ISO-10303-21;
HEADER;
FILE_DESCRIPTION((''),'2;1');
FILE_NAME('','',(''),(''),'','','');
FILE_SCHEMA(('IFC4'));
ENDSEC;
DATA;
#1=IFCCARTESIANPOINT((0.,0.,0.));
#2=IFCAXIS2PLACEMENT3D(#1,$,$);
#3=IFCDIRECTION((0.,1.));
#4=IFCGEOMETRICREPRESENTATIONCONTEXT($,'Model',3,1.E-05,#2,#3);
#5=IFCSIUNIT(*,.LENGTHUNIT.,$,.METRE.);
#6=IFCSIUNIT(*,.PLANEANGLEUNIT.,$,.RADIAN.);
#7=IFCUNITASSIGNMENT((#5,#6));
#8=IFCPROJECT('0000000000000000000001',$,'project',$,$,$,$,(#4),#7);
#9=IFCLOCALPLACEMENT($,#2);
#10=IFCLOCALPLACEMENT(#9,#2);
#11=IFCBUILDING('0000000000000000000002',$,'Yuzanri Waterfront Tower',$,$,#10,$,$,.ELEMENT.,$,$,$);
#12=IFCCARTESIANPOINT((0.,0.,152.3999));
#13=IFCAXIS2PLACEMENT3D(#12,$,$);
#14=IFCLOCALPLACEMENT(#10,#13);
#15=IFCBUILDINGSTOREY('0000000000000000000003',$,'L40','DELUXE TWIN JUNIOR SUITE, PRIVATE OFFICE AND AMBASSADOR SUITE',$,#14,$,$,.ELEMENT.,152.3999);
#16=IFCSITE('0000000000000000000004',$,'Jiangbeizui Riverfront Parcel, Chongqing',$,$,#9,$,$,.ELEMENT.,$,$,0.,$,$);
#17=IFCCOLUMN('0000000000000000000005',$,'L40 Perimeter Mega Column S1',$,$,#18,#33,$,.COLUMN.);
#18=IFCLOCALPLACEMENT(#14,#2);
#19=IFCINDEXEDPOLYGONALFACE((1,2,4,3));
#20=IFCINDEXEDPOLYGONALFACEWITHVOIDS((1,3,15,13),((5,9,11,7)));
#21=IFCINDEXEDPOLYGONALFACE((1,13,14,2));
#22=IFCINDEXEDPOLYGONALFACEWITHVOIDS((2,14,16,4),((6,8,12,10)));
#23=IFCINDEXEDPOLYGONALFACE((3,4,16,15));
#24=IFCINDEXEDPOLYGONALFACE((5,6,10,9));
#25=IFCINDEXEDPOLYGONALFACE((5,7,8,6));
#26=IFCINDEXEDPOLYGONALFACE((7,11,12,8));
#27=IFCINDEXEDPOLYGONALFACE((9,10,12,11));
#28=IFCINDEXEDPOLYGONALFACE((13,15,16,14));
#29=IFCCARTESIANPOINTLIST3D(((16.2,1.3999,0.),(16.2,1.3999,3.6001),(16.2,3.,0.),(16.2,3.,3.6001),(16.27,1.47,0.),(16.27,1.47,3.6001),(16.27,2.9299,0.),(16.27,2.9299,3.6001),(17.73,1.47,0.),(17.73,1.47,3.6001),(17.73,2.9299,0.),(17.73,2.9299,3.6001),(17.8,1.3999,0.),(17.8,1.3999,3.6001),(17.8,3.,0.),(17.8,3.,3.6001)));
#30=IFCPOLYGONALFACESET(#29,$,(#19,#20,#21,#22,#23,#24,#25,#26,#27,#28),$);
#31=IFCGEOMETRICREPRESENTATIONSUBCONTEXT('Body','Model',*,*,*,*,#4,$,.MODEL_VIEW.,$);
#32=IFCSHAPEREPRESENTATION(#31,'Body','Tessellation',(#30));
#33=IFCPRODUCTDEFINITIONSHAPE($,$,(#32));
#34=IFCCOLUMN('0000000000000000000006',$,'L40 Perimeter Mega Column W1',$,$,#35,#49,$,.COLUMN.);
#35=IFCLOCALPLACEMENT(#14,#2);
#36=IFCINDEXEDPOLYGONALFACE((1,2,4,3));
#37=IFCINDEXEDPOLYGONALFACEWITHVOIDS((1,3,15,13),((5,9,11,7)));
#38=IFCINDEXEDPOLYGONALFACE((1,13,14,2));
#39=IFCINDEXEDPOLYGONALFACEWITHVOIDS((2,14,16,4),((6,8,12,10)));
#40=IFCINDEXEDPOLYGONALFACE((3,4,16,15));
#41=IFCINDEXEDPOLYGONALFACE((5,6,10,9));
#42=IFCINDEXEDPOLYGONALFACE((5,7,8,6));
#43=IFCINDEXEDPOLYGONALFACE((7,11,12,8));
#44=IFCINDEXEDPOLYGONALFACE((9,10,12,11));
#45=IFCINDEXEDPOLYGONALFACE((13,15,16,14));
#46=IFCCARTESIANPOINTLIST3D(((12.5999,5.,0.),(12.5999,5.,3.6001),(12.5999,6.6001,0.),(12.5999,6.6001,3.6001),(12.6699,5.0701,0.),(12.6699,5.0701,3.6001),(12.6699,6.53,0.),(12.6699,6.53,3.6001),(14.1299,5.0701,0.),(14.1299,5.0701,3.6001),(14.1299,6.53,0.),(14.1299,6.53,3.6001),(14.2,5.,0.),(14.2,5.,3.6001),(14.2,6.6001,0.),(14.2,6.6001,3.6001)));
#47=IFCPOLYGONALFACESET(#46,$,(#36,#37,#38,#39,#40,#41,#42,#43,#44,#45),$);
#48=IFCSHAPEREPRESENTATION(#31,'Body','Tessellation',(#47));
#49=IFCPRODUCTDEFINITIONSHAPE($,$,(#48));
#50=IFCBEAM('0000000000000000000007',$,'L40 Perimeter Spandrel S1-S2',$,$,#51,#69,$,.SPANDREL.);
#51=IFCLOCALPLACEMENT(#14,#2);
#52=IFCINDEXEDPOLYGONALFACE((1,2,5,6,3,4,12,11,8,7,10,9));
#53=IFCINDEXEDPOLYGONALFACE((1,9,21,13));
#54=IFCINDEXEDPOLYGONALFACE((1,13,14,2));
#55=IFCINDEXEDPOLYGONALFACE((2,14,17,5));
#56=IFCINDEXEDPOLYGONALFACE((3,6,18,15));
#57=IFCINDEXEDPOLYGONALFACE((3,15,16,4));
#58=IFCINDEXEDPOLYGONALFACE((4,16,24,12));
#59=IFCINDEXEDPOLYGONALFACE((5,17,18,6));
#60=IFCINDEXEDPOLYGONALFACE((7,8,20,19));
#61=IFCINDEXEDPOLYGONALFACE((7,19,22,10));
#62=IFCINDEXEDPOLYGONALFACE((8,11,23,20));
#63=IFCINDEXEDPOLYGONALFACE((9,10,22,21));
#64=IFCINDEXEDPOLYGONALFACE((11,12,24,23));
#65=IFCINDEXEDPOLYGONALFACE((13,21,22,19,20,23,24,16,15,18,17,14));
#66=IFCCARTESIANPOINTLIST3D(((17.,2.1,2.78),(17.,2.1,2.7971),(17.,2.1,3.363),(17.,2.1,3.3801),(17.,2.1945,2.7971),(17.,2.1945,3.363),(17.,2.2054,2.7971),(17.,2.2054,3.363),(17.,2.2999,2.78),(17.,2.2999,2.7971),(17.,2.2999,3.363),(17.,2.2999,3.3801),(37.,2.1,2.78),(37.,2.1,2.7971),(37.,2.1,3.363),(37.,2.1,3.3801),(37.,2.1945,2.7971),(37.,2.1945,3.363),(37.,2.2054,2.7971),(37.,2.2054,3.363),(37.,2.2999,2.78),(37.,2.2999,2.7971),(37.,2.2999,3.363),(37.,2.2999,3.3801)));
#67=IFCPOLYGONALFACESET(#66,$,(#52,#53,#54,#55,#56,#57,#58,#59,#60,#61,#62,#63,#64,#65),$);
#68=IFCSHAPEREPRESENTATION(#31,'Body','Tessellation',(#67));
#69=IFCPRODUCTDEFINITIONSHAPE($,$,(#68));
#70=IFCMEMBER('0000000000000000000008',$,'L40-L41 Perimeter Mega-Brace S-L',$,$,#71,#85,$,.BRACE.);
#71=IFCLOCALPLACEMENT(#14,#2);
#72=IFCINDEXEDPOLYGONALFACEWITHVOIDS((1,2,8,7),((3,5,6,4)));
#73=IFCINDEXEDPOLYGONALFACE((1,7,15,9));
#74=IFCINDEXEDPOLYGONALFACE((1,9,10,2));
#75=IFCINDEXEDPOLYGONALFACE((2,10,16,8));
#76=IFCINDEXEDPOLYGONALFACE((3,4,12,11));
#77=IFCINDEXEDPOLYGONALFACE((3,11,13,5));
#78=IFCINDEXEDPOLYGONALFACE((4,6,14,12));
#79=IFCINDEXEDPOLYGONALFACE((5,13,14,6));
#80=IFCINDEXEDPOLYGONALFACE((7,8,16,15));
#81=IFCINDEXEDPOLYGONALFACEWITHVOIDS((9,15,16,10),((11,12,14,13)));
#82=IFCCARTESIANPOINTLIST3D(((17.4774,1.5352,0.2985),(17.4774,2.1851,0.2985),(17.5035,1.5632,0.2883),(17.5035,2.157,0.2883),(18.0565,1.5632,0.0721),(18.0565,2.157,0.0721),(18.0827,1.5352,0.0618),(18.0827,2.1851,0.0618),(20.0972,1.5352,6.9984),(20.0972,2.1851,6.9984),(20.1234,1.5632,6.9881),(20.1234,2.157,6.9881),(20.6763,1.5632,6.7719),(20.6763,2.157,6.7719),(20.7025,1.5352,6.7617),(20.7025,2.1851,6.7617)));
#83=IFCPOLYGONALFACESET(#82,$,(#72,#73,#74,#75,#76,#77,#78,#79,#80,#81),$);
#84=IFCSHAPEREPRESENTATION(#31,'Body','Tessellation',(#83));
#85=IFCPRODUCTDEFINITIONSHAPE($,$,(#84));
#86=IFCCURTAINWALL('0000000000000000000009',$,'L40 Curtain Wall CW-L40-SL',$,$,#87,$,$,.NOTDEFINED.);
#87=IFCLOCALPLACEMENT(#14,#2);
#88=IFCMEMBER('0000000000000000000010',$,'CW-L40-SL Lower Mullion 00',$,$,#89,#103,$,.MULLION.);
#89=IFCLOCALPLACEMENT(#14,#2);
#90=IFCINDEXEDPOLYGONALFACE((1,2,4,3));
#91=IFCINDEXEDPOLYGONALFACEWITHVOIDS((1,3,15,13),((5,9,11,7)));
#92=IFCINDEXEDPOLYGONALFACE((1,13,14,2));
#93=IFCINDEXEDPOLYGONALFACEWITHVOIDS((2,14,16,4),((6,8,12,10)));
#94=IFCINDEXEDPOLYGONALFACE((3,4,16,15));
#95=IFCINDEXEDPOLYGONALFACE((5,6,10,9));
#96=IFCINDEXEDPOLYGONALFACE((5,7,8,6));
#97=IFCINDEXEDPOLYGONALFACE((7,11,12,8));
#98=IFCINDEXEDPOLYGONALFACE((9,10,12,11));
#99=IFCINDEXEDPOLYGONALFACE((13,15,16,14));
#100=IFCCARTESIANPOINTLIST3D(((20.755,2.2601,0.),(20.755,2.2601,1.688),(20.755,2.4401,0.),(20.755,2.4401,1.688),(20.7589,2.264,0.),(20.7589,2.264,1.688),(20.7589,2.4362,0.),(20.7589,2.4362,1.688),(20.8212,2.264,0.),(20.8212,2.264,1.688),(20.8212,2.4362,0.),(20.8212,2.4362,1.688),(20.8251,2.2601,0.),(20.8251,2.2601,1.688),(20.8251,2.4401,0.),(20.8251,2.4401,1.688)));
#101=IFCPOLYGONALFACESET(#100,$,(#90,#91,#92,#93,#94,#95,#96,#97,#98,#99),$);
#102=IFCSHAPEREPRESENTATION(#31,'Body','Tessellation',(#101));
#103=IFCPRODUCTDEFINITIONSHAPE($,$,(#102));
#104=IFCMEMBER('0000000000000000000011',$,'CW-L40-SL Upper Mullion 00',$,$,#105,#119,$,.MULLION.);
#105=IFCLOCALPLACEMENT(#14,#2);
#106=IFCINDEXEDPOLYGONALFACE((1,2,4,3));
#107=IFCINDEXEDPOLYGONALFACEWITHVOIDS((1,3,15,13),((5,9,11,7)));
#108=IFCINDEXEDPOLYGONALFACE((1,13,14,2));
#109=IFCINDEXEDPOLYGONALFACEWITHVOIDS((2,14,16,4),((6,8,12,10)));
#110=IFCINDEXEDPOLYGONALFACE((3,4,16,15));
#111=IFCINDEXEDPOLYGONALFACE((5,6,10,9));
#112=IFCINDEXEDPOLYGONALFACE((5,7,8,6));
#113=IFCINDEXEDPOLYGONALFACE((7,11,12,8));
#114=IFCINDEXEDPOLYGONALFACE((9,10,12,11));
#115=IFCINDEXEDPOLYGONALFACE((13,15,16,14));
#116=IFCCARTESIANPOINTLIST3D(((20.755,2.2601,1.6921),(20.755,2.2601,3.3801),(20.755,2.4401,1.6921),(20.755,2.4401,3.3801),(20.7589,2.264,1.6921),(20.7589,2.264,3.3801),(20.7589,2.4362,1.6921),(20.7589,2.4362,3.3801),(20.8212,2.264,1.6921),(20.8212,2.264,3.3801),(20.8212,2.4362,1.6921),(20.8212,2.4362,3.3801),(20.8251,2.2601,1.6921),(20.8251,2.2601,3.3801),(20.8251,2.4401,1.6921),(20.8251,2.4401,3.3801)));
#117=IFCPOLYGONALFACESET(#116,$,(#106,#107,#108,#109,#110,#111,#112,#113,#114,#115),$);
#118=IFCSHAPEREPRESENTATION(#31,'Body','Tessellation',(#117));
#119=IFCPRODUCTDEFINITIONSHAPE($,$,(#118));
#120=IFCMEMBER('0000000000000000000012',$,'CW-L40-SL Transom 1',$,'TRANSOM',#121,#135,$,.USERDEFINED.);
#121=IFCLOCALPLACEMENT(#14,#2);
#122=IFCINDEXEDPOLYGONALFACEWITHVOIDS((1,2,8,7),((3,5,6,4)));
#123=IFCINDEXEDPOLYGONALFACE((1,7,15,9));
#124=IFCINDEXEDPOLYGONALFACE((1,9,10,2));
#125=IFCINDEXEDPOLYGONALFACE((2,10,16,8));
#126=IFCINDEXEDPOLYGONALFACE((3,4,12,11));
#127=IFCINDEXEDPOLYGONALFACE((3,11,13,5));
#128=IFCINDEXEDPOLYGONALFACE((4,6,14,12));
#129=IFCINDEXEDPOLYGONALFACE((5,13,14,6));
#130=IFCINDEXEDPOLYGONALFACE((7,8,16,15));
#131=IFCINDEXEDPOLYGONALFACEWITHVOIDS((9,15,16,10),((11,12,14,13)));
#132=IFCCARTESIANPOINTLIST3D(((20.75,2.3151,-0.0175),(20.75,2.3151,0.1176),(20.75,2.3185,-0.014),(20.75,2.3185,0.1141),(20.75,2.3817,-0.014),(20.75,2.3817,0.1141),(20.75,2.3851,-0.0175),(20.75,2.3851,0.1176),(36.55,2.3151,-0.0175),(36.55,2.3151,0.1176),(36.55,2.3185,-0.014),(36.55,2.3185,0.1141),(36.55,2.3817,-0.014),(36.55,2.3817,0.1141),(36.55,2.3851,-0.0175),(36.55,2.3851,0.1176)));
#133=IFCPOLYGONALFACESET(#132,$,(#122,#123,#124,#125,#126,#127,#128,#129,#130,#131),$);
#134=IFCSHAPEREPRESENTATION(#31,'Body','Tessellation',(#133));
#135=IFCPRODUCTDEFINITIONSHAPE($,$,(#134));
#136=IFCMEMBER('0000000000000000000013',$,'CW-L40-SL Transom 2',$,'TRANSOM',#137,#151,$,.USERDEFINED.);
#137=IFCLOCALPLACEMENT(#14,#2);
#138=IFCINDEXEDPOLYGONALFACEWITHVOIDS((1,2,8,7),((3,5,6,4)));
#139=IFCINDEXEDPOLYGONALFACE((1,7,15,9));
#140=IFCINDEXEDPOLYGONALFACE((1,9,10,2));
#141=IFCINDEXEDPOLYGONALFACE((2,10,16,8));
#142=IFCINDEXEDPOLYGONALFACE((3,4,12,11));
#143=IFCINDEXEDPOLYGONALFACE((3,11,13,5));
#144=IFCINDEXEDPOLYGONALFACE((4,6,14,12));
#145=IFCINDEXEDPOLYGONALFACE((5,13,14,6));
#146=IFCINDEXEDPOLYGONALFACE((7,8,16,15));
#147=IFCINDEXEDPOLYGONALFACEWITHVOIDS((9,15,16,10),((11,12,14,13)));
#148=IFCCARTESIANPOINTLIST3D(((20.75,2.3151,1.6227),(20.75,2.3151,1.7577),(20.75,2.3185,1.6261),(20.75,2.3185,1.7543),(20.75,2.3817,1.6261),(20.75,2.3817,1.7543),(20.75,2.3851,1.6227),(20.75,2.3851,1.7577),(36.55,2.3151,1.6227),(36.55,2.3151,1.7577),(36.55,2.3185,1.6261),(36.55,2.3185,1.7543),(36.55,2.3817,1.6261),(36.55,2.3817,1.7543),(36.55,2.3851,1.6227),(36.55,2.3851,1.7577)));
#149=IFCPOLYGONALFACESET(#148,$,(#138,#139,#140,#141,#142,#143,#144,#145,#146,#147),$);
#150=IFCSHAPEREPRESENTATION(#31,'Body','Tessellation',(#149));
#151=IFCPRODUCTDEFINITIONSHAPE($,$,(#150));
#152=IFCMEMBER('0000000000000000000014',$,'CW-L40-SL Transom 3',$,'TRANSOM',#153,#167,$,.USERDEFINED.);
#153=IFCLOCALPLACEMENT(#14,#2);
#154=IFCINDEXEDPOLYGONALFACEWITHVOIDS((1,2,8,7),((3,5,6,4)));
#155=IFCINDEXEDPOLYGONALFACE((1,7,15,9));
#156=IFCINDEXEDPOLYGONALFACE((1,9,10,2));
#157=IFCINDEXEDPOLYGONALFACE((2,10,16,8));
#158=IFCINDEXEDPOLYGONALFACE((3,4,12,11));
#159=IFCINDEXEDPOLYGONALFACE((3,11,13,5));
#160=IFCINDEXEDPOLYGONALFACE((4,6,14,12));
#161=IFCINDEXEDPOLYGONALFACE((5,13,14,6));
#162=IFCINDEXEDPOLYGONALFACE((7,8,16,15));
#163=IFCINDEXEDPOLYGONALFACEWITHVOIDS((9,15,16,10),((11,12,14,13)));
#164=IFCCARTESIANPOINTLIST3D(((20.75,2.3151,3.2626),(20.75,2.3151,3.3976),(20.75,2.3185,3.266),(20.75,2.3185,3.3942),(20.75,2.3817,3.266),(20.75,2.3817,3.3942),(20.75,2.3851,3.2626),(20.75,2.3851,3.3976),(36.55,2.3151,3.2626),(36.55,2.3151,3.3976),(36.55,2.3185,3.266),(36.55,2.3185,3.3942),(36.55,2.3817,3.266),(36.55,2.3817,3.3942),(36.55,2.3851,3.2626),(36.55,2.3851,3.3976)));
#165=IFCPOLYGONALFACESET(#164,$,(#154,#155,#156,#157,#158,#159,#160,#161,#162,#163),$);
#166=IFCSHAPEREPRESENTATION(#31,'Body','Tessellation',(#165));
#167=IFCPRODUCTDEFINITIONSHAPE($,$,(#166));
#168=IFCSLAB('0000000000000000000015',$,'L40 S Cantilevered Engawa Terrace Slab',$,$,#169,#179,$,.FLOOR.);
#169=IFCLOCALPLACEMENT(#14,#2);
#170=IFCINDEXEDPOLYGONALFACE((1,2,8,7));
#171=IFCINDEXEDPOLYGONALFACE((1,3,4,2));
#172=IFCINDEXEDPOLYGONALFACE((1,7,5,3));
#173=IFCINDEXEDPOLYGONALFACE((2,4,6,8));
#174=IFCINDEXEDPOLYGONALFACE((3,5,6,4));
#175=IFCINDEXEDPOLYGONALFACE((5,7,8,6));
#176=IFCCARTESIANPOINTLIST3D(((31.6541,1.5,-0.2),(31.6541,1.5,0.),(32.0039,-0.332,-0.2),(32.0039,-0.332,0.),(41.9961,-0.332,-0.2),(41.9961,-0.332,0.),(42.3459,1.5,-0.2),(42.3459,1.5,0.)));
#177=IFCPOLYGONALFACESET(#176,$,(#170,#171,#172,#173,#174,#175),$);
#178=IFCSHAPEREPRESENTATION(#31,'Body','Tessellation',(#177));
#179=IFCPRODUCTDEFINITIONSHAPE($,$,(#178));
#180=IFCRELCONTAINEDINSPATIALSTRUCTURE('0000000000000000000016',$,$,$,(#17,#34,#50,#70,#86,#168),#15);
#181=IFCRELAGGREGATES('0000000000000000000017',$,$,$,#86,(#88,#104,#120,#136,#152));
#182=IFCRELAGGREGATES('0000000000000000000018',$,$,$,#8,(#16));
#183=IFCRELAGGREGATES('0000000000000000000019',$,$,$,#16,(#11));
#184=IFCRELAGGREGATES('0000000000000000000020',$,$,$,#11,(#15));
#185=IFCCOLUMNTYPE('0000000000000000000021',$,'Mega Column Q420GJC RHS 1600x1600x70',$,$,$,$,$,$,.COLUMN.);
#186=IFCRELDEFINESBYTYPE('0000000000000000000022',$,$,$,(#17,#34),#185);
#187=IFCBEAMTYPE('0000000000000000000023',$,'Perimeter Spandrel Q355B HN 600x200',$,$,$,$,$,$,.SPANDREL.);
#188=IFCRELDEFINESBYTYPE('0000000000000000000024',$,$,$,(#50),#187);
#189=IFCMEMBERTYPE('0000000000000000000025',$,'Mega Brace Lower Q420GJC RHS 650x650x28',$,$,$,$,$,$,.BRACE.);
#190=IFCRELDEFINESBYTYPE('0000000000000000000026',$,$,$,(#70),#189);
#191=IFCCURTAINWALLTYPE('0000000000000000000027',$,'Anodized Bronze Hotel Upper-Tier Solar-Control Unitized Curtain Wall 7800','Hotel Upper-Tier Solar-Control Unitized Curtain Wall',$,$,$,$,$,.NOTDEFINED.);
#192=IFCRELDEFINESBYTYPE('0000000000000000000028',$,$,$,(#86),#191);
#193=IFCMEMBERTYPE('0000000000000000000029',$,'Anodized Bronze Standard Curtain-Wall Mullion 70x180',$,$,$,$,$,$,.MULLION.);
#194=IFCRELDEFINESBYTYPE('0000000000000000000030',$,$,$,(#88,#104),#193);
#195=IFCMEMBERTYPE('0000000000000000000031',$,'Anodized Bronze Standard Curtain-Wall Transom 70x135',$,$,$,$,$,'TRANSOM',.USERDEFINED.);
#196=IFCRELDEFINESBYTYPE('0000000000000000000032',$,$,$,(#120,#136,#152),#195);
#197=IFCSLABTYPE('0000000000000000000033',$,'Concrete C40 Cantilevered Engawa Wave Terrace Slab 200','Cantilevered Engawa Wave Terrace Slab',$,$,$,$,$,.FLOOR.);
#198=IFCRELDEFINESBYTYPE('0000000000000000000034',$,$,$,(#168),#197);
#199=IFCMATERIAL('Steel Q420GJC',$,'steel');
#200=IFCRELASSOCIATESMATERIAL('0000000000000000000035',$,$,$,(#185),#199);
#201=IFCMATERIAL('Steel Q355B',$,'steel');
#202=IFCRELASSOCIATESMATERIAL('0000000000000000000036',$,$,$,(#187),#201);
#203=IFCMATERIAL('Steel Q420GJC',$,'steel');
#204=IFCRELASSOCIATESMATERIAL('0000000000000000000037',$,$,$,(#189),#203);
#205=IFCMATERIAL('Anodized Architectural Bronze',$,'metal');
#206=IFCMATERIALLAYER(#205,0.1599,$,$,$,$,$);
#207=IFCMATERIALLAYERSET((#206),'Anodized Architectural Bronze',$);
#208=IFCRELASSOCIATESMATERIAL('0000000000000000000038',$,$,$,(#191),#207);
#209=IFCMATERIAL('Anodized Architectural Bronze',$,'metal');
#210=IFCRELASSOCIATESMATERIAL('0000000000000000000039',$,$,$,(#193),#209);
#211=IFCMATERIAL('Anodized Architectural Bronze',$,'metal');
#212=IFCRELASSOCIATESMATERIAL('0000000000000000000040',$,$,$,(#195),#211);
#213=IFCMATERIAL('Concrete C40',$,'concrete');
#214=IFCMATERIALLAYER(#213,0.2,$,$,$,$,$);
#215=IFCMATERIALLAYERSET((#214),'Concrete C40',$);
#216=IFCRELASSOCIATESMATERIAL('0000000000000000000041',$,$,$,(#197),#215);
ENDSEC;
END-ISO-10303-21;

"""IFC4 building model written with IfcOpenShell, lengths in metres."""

from ifc_helpers import new_model, si_unit, direction, frame, origin, origin_2d, place, context, subcontext, project, spatial, polyline, hollow_rectangle, i_section, outline, extrude, source, transform, mapped, material, layer, layer_set, material_profile, profile_set, type_object, element, aggregate, save


model = new_model("IFC4")

# Units and contexts
model_context = context("Model", 3, precision=1e-05, world=origin(), true_north=direction((0.0, 1.0)))
body_context = subcontext(model_context, "Body", "Model", "MODEL_VIEW")
ifc_project = project(units=[si_unit("LENGTHUNIT", "METRE"), si_unit("PLANEANGLEUNIT", "RADIAN")], contexts=[model_context])

# Site, building, storey
site_placement = place(None, origin())
site = spatial("IfcSite", under=ifc_project, at=site_placement, Name="Jiangbeizui Riverfront Parcel, Chongqing", CompositionType="ELEMENT", RefElevation=0.0)
building_placement = place(site_placement, origin())
building = spatial("IfcBuilding", under=site, at=building_placement, Name="Yuzanri Waterfront Tower", CompositionType="ELEMENT")
storey_placement = place(building_placement, frame((0.0, 0.0, 152.3999)))
storey = spatial("IfcBuildingStorey", under=building, at=storey_placement, Name="L40", Description="DELUXE TWIN JUNIOR SUITE, PRIVATE OFFICE AND AMBASSADOR SUITE", CompositionType="ELEMENT", Elevation=152.3999)

# Columns
ifc_material_1 = material(Name="Steel Q420GJC", Category="steel")
ifc_material_profile_1 = material_profile(ifc_material_1, hollow_rectangle(XDim=1.6001, YDim=1.6001, WallThickness=0.0701, at=origin_2d()), Name="RHS 1600x1600x70")
ifc_profile_set_1 = profile_set([ifc_material_profile_1], Name="Steel Q420GJC")
column_type = type_object("IfcColumnType", Name="Mega Column Q420GJC RHS 1600x1600x70", PredefinedType="COLUMN", material=ifc_profile_set_1)
shared_shape_1 = source(origin(), body_context, "Body", "SweptSolid", [
    extrude(hollow_rectangle(XDim=1.6001, YDim=1.6001, WallThickness=0.0701, at=origin_2d()), origin(), (0.0, 0.0, 1.0), 3.6001),
])
for number, where, z_axis, x_axis, name in (
    (1, (17.0, 2.2, 0.0), (0.0, 0.0, 1.0), (1.0, 0.0, 0.0), "L40 Perimeter Mega Column S1"),
    (2, (13.3999, 5.8, 0.0), (0.0, 0.0, 1.0), (1.0, 0.0, 0.0), "L40 Perimeter Mega Column W1"),
):
    element("IfcColumn", number, at=place(storey_placement, frame(where, z_axis=z_axis, x_axis=x_axis)), inside=storey, type_object=column_type, Name=name, PredefinedType="COLUMN", context=body_context, shape_type="MappedRepresentation", body=[
        mapped(shared_shape_1, transform((0.0, 0.0, 0.0), scale=1.0)),
    ])

# Beam
ifc_material_2 = material(Name="Steel Q355B", Category="steel")
ifc_material_profile_2 = material_profile(ifc_material_2, i_section(OverallWidth=0.2, OverallDepth=0.6001, WebThickness=0.011, FlangeThickness=0.0171, at=origin_2d()), Name="HN 600x200x11x17")
ifc_profile_set_2 = profile_set([ifc_material_profile_2], Name="Steel Q355B")
beam_type = type_object("IfcBeamType", Name="Perimeter Spandrel Q355B HN 600x200", PredefinedType="SPANDREL", material=ifc_profile_set_2)
shared_shape_2 = source(origin(), body_context, "Body", "SweptSolid", [
    extrude(i_section(OverallWidth=0.2, OverallDepth=0.6001, WebThickness=0.011, FlangeThickness=0.0171, at=origin_2d()), origin(), (0.0, 0.0, 1.0), 20.0),
])
beam_placement = place(storey_placement, frame((17.0, 2.2, 3.0801), z_axis=(1.0, 0.0, 0.0), x_axis=(0.0, 1.0, 0.0)))
element("IfcBeam", 3, at=beam_placement, inside=storey, type_object=beam_type, Name="L40 Perimeter Spandrel S1-S2", PredefinedType="SPANDREL", context=body_context, shape_type="MappedRepresentation", body=[
    mapped(shared_shape_2, transform((0.0, 0.0, 0.0), scale=1.0)),
])

# Member
ifc_material_3 = material(Name="Steel Q420GJC", Category="steel")
ifc_material_profile_3 = material_profile(ifc_material_3, hollow_rectangle(XDim=0.6499, YDim=0.6499, WallThickness=0.0281, at=origin_2d()), Name="RHS 650x650x28")
ifc_profile_set_3 = profile_set([ifc_material_profile_3], Name="Steel Q420GJC")
member_type_1 = type_object("IfcMemberType", Name="Mega Brace Lower Q420GJC RHS 650x650x28", PredefinedType="BRACE", material=ifc_profile_set_3)
shared_shape_3 = source(origin(), body_context, "Body", "SweptSolid", [
    extrude(hollow_rectangle(XDim=0.6499, YDim=0.6499, WallThickness=0.0281, at=origin_2d()), origin(), (0.0, 0.0, 1.0), 7.1938),
])
member_1_placement = place(storey_placement, frame((17.78, 1.8601, 0.1802), z_axis=(0.364177, 0.0, 0.93133), x_axis=(0.0, 1.0, 0.0)))
element("IfcMember", 4, at=member_1_placement, inside=storey, type_object=member_type_1, Name="L40-L41 Perimeter Mega-Brace S-L", PredefinedType="BRACE", context=body_context, shape_type="MappedRepresentation", body=[
    mapped(shared_shape_3, transform((0.0, 0.0, 0.0), scale=1.0)),
])

# Curtain wall, members
ifc_material_4 = material(Name="Anodized Architectural Bronze", Category="metal")
ifc_layer_1 = layer(ifc_material_4, 0.1599)
ifc_layer_set_1 = layer_set([ifc_layer_1], Name="Anodized Architectural Bronze")
curtain_wall_type = type_object("IfcCurtainWallType", Name="Anodized Bronze Hotel Upper-Tier Solar-Control Unitized Curtain Wall 7800", Description="Hotel Upper-Tier Solar-Control Unitized Curtain Wall", PredefinedType="NOTDEFINED", material=ifc_layer_set_1)
curtain_wall_placement = place(storey_placement, origin())
curtain_wall = element("IfcCurtainWall", 5, at=curtain_wall_placement, inside=storey, type_object=curtain_wall_type, Name="L40 Curtain Wall CW-L40-SL", PredefinedType="NOTDEFINED")
ifc_material_5 = material(Name="Anodized Architectural Bronze", Category="metal")
ifc_material_profile_4 = material_profile(ifc_material_5, hollow_rectangle(XDim=0.0701, YDim=0.1799, WallThickness=0.0039, at=origin_2d()), Name="CWM 70x180")
ifc_profile_set_4 = profile_set([ifc_material_profile_4], Name="Anodized Architectural Bronze")
member_type_2 = type_object("IfcMemberType", Name="Anodized Bronze Standard Curtain-Wall Mullion 70x180", PredefinedType="MULLION", material=ifc_profile_set_4)
shared_shape_4 = source(origin(), body_context, "Body", "SweptSolid", [
    extrude(hollow_rectangle(XDim=0.0701, YDim=0.1799, WallThickness=0.0039, at=origin_2d()), origin(), (0.0, 0.0, 1.0), 1.688),
])
member_2_placement = place(storey_placement, frame((20.79, 2.3501, 0.0), z_axis=(0.0, 0.0, 1.0), x_axis=(1.0, 0.0, 0.0)))
member_2 = element("IfcMember", 6, at=member_2_placement, type_object=member_type_2, Name="CW-L40-SL Lower Mullion 00", PredefinedType="MULLION", context=body_context, shape_type="MappedRepresentation", body=[
    mapped(shared_shape_4, transform((0.0, 0.0, 0.0), scale=1.0)),
])
member_3_placement = place(storey_placement, frame((20.79, 2.3501, 1.6921), z_axis=(0.0, 0.0, 1.0), x_axis=(1.0, 0.0, 0.0)))
member_3 = element("IfcMember", 7, at=member_3_placement, type_object=member_type_2, Name="CW-L40-SL Upper Mullion 00", PredefinedType="MULLION", context=body_context, shape_type="MappedRepresentation", body=[
    mapped(shared_shape_4, transform((0.0, 0.0, 0.0), scale=1.0)),
])
ifc_material_6 = material(Name="Anodized Architectural Bronze", Category="metal")
ifc_material_profile_5 = material_profile(ifc_material_6, hollow_rectangle(XDim=0.0701, YDim=0.135, WallThickness=0.0034, at=origin_2d()), Name="CWT 70x135")
ifc_profile_set_5 = profile_set([ifc_material_profile_5], Name="Anodized Architectural Bronze")
member_type_3 = type_object("IfcMemberType", Name="Anodized Bronze Standard Curtain-Wall Transom 70x135", ElementType="TRANSOM", PredefinedType="USERDEFINED", material=ifc_profile_set_5)
shared_shape_5 = source(origin(), body_context, "Body", "SweptSolid", [
    extrude(hollow_rectangle(XDim=0.0701, YDim=0.135, WallThickness=0.0034, at=origin_2d()), origin(), (0.0, 0.0, 1.0), 15.8),
])
member_4_placement = place(storey_placement, frame((20.75, 2.3501, 0.05), z_axis=(1.0, 0.0, 0.0), x_axis=(0.0, 1.0, 0.0)))
member_4 = element("IfcMember", 8, at=member_4_placement, type_object=member_type_3, Name="CW-L40-SL Transom 1", ObjectType="TRANSOM", PredefinedType="USERDEFINED", context=body_context, shape_type="MappedRepresentation", body=[
    mapped(shared_shape_5, transform((0.0, 0.0, 0.0), scale=1.0)),
])
member_5_placement = place(storey_placement, frame((20.75, 2.3501, 1.6902), z_axis=(1.0, 0.0, 0.0), x_axis=(0.0, 1.0, 0.0)))
member_5 = element("IfcMember", 9, at=member_5_placement, type_object=member_type_3, Name="CW-L40-SL Transom 2", ObjectType="TRANSOM", PredefinedType="USERDEFINED", context=body_context, shape_type="MappedRepresentation", body=[
    mapped(shared_shape_5, transform((0.0, 0.0, 0.0), scale=1.0)),
])
member_6_placement = place(storey_placement, frame((20.75, 2.3501, 3.3301), z_axis=(1.0, 0.0, 0.0), x_axis=(0.0, 1.0, 0.0)))
member_6 = element("IfcMember", 10, at=member_6_placement, type_object=member_type_3, Name="CW-L40-SL Transom 3", ObjectType="TRANSOM", PredefinedType="USERDEFINED", context=body_context, shape_type="MappedRepresentation", body=[
    mapped(shared_shape_5, transform((0.0, 0.0, 0.0), scale=1.0)),
])
aggregate(curtain_wall, [member_2, member_3, member_4, member_5, member_6])

# Slab
ifc_material_7 = material(Name="Concrete C40", Category="concrete")
ifc_layer_2 = layer(ifc_material_7, 0.2)
ifc_layer_set_2 = layer_set([ifc_layer_2], Name="Concrete C40")
slab_type_1 = type_object("IfcSlabType", Name="Concrete C40 Cantilevered Engawa Wave Terrace Slab 200", Description="Cantilevered Engawa Wave Terrace Slab", PredefinedType="FLOOR", material=ifc_layer_set_2)
slab_1_placement = place(storey_placement, frame((0.0, 0.0, -0.2)))
element("IfcSlab", 11, at=slab_1_placement, inside=storey, type_object=slab_type_1, Name="L40 S Cantilevered Engawa Terrace Slab", PredefinedType="FLOOR", context=body_context, shape_type="SweptSolid", body=[
    extrude(outline(polyline([(31.6541, 1.5), (42.3459, 1.5), (41.9961, -0.332), (32.0039, -0.332), (31.6541, 1.5)])), origin(), (0.0, 0.0, 1.0), 0.2),
])

save(model, "model.ifc")
